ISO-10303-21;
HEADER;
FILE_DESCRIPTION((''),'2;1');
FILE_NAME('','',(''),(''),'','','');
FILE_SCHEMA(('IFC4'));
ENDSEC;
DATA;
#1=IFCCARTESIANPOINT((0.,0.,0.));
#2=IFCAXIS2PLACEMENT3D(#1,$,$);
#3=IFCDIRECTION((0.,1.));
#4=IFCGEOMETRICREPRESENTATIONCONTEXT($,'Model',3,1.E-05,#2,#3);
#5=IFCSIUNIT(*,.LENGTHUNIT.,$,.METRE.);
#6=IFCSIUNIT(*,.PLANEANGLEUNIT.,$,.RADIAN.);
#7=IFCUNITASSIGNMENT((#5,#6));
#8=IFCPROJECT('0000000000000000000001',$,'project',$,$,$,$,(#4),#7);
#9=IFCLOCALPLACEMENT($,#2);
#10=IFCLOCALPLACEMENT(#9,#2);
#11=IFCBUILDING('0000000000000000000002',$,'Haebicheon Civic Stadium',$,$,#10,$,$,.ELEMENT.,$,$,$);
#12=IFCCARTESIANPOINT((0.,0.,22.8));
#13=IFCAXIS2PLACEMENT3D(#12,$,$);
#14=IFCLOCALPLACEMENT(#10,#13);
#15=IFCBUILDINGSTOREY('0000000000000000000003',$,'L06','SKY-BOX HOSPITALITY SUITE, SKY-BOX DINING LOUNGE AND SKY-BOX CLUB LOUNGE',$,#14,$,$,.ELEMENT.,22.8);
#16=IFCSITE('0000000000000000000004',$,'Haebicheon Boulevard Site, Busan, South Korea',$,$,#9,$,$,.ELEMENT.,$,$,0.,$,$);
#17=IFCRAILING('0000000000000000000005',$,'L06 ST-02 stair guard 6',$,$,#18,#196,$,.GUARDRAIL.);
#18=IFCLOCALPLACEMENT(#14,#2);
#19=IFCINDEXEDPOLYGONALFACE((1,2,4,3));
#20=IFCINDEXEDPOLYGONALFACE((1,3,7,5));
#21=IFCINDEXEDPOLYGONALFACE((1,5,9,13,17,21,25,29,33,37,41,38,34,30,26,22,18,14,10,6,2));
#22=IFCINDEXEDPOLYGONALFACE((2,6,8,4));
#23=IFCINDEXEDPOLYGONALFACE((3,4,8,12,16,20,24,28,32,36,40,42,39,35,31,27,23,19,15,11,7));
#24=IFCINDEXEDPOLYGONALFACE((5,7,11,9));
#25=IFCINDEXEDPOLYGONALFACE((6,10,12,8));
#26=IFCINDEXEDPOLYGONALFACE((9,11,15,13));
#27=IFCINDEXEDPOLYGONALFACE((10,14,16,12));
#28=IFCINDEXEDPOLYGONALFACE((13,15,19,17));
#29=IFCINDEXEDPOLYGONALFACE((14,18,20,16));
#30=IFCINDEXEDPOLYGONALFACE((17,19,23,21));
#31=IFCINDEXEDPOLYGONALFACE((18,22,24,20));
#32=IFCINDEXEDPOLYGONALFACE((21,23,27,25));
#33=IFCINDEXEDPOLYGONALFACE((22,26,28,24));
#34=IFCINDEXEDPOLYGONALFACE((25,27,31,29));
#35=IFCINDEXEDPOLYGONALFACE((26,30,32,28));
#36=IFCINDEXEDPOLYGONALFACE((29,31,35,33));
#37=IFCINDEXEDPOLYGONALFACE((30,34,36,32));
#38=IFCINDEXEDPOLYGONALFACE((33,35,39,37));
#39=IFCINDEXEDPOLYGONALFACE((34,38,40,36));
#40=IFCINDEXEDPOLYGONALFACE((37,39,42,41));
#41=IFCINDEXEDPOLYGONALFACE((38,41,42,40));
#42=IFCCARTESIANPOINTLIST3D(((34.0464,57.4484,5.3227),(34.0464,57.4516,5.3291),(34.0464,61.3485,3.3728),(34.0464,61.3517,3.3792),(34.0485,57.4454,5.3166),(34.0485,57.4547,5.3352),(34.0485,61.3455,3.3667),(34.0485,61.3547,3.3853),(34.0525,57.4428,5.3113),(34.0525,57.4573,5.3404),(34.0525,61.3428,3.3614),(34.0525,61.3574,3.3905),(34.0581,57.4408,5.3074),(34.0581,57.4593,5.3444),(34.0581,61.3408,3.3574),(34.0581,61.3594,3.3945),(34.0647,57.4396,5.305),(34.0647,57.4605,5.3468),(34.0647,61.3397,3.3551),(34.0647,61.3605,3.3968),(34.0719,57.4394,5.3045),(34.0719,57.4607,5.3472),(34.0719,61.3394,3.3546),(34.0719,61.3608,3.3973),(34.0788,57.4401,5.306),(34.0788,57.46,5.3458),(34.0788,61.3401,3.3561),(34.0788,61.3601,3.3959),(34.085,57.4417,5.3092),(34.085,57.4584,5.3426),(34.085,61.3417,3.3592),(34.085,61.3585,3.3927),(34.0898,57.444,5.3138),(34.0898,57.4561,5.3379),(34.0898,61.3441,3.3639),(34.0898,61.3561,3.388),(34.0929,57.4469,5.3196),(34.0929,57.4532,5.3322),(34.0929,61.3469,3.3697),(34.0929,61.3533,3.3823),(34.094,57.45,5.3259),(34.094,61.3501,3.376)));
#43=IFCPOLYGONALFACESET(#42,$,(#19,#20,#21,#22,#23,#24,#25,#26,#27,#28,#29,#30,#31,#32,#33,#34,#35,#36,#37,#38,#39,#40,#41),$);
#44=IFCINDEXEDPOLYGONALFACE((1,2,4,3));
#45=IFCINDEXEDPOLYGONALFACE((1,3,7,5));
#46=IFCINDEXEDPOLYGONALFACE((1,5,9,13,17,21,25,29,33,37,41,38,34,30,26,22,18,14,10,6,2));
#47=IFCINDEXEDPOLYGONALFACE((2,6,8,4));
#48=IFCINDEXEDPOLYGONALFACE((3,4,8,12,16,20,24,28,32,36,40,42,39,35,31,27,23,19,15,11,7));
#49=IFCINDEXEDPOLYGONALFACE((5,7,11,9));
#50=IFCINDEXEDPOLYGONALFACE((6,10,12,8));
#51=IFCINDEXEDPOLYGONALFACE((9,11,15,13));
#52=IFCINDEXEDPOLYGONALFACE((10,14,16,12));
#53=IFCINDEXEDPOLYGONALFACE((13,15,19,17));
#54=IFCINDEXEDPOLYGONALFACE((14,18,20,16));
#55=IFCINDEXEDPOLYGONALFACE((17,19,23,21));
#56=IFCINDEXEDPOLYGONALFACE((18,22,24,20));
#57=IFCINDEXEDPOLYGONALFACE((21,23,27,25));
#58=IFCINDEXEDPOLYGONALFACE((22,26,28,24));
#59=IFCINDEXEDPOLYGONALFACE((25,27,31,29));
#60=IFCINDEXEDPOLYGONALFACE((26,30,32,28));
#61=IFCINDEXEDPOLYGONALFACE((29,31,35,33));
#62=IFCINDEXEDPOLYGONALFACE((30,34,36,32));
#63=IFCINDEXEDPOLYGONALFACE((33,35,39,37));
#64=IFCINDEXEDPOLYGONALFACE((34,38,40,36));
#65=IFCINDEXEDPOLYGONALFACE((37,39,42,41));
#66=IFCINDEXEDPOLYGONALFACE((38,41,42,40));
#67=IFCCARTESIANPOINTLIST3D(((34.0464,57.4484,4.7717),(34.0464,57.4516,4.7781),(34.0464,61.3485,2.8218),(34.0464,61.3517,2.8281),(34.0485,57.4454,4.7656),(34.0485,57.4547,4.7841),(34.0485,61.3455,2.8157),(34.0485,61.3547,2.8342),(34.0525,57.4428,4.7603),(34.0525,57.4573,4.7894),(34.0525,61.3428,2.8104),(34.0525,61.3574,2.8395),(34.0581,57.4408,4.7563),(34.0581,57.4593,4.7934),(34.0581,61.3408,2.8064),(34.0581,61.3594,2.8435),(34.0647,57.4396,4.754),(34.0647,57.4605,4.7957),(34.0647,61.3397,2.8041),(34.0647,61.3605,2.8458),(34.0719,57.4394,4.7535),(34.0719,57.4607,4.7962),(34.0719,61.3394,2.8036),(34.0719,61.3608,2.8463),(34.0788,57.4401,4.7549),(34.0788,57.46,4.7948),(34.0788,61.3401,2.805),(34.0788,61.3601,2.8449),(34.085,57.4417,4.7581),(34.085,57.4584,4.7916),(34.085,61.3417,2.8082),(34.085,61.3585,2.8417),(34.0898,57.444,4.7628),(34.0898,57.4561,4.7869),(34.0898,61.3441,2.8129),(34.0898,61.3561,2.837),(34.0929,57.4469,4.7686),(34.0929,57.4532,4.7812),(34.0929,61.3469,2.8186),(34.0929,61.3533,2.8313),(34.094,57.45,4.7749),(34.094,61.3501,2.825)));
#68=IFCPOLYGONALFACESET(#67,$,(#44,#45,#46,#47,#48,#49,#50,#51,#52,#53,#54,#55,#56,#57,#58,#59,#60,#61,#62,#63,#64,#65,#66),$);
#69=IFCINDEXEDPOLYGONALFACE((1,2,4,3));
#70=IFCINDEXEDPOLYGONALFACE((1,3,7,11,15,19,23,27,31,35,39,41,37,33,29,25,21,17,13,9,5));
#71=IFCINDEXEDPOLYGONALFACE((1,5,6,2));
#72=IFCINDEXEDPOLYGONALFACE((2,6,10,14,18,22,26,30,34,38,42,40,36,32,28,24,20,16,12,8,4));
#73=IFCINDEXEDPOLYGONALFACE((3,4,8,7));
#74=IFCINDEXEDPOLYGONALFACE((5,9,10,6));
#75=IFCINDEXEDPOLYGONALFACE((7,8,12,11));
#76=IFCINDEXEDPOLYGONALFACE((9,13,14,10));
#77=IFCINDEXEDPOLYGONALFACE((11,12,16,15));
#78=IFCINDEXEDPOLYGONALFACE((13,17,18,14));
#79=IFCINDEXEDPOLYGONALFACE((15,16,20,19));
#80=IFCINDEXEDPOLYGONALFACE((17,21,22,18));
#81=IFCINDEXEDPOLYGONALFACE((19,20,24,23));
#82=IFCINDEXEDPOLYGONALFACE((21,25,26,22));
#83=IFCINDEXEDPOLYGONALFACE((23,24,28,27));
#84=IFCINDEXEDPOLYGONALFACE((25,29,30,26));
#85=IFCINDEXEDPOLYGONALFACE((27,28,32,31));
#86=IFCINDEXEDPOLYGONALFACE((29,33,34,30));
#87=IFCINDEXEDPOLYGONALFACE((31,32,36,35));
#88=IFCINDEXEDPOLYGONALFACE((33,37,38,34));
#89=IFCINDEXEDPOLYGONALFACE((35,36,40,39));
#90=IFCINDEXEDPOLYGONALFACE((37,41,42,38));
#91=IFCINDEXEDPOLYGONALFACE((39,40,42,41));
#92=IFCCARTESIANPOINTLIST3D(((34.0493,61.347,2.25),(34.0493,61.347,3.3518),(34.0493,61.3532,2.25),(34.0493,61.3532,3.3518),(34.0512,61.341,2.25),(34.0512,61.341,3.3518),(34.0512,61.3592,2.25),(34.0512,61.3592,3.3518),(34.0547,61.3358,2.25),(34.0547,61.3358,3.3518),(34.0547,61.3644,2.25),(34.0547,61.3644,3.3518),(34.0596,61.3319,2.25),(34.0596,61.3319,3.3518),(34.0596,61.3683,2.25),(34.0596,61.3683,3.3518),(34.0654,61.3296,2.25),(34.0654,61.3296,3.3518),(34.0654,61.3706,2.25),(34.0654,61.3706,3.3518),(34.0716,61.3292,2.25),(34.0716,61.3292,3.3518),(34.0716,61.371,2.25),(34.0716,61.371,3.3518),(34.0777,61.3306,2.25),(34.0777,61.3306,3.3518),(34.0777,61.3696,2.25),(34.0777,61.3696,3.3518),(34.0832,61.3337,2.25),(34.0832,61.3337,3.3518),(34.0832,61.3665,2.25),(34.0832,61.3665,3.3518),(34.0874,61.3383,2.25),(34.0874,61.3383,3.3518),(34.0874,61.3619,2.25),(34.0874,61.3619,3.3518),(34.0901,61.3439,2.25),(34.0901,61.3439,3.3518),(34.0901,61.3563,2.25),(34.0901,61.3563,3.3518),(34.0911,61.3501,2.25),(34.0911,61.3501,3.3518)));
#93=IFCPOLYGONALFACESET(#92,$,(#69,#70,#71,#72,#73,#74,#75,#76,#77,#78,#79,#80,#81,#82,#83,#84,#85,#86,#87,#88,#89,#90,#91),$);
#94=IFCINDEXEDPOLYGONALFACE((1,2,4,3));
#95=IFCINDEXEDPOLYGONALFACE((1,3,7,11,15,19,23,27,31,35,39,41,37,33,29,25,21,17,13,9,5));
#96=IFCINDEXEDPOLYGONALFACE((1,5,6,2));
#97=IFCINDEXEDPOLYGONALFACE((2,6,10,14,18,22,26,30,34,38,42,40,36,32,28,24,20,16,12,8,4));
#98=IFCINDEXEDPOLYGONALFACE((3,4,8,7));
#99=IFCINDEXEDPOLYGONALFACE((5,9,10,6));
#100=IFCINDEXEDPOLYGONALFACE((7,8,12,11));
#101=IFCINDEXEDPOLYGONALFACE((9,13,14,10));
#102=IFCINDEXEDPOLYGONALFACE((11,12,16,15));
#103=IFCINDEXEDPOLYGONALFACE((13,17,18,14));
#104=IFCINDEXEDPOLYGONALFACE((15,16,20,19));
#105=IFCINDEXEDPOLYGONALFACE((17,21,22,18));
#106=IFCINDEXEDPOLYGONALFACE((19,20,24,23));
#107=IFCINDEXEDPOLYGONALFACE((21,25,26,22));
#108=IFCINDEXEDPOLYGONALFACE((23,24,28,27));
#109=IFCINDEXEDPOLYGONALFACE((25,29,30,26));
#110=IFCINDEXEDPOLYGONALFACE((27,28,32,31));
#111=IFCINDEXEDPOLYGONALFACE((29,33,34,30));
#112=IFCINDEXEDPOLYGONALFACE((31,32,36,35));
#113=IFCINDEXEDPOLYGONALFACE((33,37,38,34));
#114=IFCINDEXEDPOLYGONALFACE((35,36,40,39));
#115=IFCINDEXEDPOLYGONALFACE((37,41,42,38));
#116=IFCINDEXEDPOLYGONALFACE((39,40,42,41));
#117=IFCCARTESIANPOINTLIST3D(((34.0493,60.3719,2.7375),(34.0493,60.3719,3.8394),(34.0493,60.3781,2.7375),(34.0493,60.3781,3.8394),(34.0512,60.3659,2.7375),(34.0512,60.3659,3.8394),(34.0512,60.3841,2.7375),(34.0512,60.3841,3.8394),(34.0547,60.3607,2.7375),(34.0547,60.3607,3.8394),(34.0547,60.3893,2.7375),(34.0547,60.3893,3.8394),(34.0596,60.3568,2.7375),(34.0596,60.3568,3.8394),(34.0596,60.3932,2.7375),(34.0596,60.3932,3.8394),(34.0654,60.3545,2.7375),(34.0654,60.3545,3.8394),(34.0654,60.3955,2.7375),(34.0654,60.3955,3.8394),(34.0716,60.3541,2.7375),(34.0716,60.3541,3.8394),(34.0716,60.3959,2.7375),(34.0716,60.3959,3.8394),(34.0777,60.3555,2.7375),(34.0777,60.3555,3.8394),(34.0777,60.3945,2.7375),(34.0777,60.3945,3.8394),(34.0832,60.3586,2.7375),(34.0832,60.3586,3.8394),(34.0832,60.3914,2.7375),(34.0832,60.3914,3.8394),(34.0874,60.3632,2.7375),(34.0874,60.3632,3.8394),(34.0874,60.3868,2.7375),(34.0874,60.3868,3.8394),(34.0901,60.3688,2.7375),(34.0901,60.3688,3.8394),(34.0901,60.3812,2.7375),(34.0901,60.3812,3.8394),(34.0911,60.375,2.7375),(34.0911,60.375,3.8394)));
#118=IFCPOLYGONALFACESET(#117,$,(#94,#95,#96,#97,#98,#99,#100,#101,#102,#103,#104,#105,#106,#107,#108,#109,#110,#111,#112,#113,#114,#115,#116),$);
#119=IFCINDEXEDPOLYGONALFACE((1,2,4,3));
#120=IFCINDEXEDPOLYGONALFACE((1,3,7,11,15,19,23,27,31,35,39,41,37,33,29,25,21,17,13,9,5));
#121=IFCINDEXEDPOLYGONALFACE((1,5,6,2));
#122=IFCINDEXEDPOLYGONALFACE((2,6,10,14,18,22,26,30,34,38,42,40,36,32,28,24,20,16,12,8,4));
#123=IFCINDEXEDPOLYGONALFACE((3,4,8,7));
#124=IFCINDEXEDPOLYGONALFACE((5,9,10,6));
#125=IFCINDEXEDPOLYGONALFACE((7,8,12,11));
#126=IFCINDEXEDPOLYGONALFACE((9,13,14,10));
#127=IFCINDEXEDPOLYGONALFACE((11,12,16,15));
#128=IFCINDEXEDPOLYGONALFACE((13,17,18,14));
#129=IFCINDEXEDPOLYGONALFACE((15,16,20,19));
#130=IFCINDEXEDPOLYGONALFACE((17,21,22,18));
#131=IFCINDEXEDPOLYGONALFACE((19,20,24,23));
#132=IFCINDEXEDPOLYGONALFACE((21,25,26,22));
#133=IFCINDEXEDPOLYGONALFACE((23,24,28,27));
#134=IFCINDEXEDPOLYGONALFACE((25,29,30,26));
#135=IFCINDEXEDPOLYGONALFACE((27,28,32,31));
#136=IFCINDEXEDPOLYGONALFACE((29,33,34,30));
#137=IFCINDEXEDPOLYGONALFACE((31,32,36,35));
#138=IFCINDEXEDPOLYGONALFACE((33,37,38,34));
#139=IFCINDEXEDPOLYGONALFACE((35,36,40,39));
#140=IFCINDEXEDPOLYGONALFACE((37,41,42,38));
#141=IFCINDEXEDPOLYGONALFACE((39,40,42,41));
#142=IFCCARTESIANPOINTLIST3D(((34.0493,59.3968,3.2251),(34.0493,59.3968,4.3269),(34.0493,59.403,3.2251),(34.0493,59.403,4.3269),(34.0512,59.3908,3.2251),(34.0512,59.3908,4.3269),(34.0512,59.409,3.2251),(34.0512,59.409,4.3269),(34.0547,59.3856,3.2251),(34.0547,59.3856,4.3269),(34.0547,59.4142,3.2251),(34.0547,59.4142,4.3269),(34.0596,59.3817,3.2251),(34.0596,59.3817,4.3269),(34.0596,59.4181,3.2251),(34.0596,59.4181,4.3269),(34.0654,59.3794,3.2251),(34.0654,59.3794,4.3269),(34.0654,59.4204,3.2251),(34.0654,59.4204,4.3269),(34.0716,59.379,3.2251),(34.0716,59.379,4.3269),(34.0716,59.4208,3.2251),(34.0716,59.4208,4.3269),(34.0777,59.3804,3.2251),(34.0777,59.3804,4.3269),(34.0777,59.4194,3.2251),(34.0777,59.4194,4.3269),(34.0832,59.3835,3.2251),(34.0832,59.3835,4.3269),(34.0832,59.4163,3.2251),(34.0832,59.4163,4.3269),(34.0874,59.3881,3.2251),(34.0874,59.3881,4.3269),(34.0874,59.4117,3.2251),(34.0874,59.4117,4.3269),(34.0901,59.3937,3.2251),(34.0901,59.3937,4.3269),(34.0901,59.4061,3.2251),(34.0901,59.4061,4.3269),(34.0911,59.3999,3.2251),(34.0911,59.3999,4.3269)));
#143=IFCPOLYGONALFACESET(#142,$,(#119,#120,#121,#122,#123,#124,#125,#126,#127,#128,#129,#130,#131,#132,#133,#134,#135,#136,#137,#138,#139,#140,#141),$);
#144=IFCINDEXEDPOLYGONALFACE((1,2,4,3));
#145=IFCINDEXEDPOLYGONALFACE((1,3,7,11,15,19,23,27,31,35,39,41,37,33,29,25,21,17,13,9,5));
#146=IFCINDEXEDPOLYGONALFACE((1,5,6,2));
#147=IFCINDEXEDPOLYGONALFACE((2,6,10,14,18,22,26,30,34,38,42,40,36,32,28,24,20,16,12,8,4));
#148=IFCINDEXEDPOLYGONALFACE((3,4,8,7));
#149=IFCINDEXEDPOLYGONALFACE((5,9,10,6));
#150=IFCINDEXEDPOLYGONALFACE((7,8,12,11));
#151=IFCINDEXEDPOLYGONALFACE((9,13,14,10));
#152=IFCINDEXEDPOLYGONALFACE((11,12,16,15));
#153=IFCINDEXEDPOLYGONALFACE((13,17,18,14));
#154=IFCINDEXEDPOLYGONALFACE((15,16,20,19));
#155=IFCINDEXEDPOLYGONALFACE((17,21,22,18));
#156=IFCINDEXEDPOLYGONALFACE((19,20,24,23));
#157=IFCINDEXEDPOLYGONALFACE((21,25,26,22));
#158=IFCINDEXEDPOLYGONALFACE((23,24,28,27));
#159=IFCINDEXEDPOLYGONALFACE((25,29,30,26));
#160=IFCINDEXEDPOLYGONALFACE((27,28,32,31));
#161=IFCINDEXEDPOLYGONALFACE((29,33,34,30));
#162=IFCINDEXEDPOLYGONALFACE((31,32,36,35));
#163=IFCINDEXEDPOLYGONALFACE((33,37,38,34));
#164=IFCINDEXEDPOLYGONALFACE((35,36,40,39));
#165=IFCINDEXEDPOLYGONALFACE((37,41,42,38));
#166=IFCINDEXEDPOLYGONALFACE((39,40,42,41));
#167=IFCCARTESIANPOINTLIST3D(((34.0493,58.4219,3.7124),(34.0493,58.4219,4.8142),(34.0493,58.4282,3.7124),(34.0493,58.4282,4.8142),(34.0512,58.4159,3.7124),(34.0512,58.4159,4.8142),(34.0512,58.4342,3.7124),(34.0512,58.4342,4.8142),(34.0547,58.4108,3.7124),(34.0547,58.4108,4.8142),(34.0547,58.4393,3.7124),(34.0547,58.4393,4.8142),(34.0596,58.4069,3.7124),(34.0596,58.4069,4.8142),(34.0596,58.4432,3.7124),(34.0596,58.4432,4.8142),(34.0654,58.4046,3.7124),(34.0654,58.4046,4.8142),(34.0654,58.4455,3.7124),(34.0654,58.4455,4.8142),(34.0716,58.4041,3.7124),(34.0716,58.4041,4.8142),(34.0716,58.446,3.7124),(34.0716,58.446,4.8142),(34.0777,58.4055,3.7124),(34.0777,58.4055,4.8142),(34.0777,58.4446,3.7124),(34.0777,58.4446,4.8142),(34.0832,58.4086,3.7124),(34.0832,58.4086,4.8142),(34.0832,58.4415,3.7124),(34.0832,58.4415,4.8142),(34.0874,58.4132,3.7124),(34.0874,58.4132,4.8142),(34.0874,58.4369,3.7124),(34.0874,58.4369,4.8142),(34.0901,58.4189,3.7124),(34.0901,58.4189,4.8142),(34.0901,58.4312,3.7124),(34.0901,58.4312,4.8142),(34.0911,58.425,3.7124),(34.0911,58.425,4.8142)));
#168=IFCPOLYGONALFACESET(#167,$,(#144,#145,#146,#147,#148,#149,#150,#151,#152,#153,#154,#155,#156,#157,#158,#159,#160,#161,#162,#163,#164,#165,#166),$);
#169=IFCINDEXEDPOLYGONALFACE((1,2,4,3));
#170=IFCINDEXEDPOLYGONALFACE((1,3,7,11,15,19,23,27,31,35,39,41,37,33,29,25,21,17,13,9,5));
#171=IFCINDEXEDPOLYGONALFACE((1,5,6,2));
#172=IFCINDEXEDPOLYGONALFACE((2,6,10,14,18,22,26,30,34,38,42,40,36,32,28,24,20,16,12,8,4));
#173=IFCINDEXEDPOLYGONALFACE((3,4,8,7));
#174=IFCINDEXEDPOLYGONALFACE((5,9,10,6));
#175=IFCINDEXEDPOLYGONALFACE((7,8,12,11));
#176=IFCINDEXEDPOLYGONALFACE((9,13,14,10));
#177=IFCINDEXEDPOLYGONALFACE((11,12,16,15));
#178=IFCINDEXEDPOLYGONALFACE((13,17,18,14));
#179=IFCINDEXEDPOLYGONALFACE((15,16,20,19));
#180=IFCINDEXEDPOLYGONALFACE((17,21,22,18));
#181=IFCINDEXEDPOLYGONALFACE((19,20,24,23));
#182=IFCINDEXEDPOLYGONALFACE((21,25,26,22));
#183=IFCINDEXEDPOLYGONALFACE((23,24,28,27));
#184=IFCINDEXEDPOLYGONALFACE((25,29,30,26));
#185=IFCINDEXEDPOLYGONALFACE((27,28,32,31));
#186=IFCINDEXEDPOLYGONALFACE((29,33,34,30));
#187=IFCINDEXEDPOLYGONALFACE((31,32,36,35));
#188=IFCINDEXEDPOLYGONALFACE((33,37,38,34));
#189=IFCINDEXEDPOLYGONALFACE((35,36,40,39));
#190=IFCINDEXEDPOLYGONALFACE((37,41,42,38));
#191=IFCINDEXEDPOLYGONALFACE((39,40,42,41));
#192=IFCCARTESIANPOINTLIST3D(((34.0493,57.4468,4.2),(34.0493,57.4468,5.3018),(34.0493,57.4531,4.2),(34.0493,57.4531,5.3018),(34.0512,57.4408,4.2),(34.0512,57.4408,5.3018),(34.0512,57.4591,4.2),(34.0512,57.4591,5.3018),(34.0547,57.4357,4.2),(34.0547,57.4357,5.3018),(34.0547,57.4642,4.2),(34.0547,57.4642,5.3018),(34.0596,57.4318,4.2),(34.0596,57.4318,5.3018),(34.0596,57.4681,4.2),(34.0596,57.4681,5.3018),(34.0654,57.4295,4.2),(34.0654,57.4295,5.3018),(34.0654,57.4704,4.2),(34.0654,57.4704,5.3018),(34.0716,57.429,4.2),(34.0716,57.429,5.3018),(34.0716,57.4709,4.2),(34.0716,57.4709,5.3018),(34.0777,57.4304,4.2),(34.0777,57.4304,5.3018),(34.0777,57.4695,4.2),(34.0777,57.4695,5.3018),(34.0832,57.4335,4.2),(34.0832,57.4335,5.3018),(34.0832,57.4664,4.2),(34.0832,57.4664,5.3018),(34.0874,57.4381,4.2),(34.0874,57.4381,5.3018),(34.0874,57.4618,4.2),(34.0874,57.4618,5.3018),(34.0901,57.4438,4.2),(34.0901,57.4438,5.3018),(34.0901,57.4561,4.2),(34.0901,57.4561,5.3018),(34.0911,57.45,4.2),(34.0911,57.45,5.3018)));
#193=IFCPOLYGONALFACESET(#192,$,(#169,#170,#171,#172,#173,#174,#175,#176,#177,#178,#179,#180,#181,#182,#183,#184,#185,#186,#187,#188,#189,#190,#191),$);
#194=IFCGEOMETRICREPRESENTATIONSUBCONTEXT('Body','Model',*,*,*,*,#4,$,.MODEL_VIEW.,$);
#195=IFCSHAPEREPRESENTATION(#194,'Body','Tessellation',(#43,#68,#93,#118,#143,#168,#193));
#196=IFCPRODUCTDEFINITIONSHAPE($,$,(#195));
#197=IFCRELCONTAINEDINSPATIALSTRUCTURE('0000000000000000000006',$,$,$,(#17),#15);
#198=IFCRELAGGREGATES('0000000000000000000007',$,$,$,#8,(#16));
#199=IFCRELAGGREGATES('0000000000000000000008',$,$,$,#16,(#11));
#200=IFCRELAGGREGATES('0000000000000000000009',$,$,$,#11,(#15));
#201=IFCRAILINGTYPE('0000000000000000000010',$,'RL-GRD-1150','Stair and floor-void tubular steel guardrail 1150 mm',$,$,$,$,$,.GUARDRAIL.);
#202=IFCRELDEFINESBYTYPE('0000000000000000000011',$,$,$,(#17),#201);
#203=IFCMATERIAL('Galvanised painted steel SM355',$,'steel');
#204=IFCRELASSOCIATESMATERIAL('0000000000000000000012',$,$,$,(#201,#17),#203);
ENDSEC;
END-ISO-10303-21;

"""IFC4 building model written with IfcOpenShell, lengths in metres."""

from ifc_helpers import new_model, si_unit, direction, frame, origin, origin_2d, place, context, subcontext, project, spatial, circle, extrude, material, type_object, element, save


model = new_model("IFC4")

# Units and contexts
model_context = context("Model", 3, precision=1e-05, world=origin(), true_north=direction((0.0, 1.0)))
body_context = subcontext(model_context, "Body", "Model", "MODEL_VIEW")
ifc_project = project(units=[si_unit("LENGTHUNIT", "METRE"), si_unit("PLANEANGLEUNIT", "RADIAN")], contexts=[model_context])

# Site, building, storey
site_placement = place(None, origin())
site = spatial("IfcSite", under=ifc_project, at=site_placement, Name="Haebicheon Boulevard Site, Busan, South Korea", CompositionType="ELEMENT", RefElevation=0.0)
building_placement = place(site_placement, origin())
building = spatial("IfcBuilding", under=site, at=building_placement, Name="Haebicheon Civic Stadium", CompositionType="ELEMENT")
storey_placement = place(building_placement, frame((0.0, 0.0, 22.8)))
storey = spatial("IfcBuildingStorey", under=building, at=storey_placement, Name="L06", Description="SKY-BOX HOSPITALITY SUITE, SKY-BOX DINING LOUNGE AND SKY-BOX CLUB LOUNGE", CompositionType="ELEMENT", Elevation=22.8)

# Railing
ifc_material_1 = material(Name="Galvanised painted steel SM355", Category="steel")
railing_type_1 = type_object("IfcRailingType", Name="RL-GRD-1150", Description="Stair and floor-void tubular steel guardrail 1150 mm", PredefinedType="GUARDRAIL", material=ifc_material_1)
railing_1_placement = place(storey_placement, frame((34.0701, 61.3501, 2.25)))
element("IfcRailing", 1, at=railing_1_placement, inside=storey, type_object=railing_type_1, material=ifc_material_1, Name="L06 ST-02 stair guard 6", PredefinedType="GUARDRAIL", context=body_context, shape_type="SweptSolid", body=[
    extrude(circle(Radius=0.0239, at=origin_2d()), frame((0.0, 0.0, 1.126), z_axis=(0.0, -0.894438, 0.447191), x_axis=(1.0, 0.0, 0.0)), (0.0, 0.0, 1.0), 4.3604),
    extrude(circle(Radius=0.0239, at=origin_2d()), frame((0.0, 0.0, 0.575), z_axis=(0.0, -0.894438, 0.447191), x_axis=(1.0, 0.0, 0.0)), (0.0, 0.0, 1.0), 4.3604),
    extrude(circle(Radius=0.021, at=origin_2d()), origin(), (0.0, 0.0, 1.0), 1.1018),
    extrude(circle(Radius=0.021, at=origin_2d()), frame((0.0, -0.9751, 0.4875)), (0.0, 0.0, 1.0), 1.1018),
    extrude(circle(Radius=0.021, at=origin_2d()), frame((0.0, -1.9502, 0.9751)), (0.0, 0.0, 1.0), 1.1018),
    extrude(circle(Radius=0.021, at=origin_2d()), frame((0.0, -2.925, 1.4624)), (0.0, 0.0, 1.0), 1.1018),
    extrude(circle(Radius=0.021, at=origin_2d()), frame((0.0, -3.9001, 1.95)), (0.0, 0.0, 1.0), 1.1018),
])

save(model, "model.ifc")
